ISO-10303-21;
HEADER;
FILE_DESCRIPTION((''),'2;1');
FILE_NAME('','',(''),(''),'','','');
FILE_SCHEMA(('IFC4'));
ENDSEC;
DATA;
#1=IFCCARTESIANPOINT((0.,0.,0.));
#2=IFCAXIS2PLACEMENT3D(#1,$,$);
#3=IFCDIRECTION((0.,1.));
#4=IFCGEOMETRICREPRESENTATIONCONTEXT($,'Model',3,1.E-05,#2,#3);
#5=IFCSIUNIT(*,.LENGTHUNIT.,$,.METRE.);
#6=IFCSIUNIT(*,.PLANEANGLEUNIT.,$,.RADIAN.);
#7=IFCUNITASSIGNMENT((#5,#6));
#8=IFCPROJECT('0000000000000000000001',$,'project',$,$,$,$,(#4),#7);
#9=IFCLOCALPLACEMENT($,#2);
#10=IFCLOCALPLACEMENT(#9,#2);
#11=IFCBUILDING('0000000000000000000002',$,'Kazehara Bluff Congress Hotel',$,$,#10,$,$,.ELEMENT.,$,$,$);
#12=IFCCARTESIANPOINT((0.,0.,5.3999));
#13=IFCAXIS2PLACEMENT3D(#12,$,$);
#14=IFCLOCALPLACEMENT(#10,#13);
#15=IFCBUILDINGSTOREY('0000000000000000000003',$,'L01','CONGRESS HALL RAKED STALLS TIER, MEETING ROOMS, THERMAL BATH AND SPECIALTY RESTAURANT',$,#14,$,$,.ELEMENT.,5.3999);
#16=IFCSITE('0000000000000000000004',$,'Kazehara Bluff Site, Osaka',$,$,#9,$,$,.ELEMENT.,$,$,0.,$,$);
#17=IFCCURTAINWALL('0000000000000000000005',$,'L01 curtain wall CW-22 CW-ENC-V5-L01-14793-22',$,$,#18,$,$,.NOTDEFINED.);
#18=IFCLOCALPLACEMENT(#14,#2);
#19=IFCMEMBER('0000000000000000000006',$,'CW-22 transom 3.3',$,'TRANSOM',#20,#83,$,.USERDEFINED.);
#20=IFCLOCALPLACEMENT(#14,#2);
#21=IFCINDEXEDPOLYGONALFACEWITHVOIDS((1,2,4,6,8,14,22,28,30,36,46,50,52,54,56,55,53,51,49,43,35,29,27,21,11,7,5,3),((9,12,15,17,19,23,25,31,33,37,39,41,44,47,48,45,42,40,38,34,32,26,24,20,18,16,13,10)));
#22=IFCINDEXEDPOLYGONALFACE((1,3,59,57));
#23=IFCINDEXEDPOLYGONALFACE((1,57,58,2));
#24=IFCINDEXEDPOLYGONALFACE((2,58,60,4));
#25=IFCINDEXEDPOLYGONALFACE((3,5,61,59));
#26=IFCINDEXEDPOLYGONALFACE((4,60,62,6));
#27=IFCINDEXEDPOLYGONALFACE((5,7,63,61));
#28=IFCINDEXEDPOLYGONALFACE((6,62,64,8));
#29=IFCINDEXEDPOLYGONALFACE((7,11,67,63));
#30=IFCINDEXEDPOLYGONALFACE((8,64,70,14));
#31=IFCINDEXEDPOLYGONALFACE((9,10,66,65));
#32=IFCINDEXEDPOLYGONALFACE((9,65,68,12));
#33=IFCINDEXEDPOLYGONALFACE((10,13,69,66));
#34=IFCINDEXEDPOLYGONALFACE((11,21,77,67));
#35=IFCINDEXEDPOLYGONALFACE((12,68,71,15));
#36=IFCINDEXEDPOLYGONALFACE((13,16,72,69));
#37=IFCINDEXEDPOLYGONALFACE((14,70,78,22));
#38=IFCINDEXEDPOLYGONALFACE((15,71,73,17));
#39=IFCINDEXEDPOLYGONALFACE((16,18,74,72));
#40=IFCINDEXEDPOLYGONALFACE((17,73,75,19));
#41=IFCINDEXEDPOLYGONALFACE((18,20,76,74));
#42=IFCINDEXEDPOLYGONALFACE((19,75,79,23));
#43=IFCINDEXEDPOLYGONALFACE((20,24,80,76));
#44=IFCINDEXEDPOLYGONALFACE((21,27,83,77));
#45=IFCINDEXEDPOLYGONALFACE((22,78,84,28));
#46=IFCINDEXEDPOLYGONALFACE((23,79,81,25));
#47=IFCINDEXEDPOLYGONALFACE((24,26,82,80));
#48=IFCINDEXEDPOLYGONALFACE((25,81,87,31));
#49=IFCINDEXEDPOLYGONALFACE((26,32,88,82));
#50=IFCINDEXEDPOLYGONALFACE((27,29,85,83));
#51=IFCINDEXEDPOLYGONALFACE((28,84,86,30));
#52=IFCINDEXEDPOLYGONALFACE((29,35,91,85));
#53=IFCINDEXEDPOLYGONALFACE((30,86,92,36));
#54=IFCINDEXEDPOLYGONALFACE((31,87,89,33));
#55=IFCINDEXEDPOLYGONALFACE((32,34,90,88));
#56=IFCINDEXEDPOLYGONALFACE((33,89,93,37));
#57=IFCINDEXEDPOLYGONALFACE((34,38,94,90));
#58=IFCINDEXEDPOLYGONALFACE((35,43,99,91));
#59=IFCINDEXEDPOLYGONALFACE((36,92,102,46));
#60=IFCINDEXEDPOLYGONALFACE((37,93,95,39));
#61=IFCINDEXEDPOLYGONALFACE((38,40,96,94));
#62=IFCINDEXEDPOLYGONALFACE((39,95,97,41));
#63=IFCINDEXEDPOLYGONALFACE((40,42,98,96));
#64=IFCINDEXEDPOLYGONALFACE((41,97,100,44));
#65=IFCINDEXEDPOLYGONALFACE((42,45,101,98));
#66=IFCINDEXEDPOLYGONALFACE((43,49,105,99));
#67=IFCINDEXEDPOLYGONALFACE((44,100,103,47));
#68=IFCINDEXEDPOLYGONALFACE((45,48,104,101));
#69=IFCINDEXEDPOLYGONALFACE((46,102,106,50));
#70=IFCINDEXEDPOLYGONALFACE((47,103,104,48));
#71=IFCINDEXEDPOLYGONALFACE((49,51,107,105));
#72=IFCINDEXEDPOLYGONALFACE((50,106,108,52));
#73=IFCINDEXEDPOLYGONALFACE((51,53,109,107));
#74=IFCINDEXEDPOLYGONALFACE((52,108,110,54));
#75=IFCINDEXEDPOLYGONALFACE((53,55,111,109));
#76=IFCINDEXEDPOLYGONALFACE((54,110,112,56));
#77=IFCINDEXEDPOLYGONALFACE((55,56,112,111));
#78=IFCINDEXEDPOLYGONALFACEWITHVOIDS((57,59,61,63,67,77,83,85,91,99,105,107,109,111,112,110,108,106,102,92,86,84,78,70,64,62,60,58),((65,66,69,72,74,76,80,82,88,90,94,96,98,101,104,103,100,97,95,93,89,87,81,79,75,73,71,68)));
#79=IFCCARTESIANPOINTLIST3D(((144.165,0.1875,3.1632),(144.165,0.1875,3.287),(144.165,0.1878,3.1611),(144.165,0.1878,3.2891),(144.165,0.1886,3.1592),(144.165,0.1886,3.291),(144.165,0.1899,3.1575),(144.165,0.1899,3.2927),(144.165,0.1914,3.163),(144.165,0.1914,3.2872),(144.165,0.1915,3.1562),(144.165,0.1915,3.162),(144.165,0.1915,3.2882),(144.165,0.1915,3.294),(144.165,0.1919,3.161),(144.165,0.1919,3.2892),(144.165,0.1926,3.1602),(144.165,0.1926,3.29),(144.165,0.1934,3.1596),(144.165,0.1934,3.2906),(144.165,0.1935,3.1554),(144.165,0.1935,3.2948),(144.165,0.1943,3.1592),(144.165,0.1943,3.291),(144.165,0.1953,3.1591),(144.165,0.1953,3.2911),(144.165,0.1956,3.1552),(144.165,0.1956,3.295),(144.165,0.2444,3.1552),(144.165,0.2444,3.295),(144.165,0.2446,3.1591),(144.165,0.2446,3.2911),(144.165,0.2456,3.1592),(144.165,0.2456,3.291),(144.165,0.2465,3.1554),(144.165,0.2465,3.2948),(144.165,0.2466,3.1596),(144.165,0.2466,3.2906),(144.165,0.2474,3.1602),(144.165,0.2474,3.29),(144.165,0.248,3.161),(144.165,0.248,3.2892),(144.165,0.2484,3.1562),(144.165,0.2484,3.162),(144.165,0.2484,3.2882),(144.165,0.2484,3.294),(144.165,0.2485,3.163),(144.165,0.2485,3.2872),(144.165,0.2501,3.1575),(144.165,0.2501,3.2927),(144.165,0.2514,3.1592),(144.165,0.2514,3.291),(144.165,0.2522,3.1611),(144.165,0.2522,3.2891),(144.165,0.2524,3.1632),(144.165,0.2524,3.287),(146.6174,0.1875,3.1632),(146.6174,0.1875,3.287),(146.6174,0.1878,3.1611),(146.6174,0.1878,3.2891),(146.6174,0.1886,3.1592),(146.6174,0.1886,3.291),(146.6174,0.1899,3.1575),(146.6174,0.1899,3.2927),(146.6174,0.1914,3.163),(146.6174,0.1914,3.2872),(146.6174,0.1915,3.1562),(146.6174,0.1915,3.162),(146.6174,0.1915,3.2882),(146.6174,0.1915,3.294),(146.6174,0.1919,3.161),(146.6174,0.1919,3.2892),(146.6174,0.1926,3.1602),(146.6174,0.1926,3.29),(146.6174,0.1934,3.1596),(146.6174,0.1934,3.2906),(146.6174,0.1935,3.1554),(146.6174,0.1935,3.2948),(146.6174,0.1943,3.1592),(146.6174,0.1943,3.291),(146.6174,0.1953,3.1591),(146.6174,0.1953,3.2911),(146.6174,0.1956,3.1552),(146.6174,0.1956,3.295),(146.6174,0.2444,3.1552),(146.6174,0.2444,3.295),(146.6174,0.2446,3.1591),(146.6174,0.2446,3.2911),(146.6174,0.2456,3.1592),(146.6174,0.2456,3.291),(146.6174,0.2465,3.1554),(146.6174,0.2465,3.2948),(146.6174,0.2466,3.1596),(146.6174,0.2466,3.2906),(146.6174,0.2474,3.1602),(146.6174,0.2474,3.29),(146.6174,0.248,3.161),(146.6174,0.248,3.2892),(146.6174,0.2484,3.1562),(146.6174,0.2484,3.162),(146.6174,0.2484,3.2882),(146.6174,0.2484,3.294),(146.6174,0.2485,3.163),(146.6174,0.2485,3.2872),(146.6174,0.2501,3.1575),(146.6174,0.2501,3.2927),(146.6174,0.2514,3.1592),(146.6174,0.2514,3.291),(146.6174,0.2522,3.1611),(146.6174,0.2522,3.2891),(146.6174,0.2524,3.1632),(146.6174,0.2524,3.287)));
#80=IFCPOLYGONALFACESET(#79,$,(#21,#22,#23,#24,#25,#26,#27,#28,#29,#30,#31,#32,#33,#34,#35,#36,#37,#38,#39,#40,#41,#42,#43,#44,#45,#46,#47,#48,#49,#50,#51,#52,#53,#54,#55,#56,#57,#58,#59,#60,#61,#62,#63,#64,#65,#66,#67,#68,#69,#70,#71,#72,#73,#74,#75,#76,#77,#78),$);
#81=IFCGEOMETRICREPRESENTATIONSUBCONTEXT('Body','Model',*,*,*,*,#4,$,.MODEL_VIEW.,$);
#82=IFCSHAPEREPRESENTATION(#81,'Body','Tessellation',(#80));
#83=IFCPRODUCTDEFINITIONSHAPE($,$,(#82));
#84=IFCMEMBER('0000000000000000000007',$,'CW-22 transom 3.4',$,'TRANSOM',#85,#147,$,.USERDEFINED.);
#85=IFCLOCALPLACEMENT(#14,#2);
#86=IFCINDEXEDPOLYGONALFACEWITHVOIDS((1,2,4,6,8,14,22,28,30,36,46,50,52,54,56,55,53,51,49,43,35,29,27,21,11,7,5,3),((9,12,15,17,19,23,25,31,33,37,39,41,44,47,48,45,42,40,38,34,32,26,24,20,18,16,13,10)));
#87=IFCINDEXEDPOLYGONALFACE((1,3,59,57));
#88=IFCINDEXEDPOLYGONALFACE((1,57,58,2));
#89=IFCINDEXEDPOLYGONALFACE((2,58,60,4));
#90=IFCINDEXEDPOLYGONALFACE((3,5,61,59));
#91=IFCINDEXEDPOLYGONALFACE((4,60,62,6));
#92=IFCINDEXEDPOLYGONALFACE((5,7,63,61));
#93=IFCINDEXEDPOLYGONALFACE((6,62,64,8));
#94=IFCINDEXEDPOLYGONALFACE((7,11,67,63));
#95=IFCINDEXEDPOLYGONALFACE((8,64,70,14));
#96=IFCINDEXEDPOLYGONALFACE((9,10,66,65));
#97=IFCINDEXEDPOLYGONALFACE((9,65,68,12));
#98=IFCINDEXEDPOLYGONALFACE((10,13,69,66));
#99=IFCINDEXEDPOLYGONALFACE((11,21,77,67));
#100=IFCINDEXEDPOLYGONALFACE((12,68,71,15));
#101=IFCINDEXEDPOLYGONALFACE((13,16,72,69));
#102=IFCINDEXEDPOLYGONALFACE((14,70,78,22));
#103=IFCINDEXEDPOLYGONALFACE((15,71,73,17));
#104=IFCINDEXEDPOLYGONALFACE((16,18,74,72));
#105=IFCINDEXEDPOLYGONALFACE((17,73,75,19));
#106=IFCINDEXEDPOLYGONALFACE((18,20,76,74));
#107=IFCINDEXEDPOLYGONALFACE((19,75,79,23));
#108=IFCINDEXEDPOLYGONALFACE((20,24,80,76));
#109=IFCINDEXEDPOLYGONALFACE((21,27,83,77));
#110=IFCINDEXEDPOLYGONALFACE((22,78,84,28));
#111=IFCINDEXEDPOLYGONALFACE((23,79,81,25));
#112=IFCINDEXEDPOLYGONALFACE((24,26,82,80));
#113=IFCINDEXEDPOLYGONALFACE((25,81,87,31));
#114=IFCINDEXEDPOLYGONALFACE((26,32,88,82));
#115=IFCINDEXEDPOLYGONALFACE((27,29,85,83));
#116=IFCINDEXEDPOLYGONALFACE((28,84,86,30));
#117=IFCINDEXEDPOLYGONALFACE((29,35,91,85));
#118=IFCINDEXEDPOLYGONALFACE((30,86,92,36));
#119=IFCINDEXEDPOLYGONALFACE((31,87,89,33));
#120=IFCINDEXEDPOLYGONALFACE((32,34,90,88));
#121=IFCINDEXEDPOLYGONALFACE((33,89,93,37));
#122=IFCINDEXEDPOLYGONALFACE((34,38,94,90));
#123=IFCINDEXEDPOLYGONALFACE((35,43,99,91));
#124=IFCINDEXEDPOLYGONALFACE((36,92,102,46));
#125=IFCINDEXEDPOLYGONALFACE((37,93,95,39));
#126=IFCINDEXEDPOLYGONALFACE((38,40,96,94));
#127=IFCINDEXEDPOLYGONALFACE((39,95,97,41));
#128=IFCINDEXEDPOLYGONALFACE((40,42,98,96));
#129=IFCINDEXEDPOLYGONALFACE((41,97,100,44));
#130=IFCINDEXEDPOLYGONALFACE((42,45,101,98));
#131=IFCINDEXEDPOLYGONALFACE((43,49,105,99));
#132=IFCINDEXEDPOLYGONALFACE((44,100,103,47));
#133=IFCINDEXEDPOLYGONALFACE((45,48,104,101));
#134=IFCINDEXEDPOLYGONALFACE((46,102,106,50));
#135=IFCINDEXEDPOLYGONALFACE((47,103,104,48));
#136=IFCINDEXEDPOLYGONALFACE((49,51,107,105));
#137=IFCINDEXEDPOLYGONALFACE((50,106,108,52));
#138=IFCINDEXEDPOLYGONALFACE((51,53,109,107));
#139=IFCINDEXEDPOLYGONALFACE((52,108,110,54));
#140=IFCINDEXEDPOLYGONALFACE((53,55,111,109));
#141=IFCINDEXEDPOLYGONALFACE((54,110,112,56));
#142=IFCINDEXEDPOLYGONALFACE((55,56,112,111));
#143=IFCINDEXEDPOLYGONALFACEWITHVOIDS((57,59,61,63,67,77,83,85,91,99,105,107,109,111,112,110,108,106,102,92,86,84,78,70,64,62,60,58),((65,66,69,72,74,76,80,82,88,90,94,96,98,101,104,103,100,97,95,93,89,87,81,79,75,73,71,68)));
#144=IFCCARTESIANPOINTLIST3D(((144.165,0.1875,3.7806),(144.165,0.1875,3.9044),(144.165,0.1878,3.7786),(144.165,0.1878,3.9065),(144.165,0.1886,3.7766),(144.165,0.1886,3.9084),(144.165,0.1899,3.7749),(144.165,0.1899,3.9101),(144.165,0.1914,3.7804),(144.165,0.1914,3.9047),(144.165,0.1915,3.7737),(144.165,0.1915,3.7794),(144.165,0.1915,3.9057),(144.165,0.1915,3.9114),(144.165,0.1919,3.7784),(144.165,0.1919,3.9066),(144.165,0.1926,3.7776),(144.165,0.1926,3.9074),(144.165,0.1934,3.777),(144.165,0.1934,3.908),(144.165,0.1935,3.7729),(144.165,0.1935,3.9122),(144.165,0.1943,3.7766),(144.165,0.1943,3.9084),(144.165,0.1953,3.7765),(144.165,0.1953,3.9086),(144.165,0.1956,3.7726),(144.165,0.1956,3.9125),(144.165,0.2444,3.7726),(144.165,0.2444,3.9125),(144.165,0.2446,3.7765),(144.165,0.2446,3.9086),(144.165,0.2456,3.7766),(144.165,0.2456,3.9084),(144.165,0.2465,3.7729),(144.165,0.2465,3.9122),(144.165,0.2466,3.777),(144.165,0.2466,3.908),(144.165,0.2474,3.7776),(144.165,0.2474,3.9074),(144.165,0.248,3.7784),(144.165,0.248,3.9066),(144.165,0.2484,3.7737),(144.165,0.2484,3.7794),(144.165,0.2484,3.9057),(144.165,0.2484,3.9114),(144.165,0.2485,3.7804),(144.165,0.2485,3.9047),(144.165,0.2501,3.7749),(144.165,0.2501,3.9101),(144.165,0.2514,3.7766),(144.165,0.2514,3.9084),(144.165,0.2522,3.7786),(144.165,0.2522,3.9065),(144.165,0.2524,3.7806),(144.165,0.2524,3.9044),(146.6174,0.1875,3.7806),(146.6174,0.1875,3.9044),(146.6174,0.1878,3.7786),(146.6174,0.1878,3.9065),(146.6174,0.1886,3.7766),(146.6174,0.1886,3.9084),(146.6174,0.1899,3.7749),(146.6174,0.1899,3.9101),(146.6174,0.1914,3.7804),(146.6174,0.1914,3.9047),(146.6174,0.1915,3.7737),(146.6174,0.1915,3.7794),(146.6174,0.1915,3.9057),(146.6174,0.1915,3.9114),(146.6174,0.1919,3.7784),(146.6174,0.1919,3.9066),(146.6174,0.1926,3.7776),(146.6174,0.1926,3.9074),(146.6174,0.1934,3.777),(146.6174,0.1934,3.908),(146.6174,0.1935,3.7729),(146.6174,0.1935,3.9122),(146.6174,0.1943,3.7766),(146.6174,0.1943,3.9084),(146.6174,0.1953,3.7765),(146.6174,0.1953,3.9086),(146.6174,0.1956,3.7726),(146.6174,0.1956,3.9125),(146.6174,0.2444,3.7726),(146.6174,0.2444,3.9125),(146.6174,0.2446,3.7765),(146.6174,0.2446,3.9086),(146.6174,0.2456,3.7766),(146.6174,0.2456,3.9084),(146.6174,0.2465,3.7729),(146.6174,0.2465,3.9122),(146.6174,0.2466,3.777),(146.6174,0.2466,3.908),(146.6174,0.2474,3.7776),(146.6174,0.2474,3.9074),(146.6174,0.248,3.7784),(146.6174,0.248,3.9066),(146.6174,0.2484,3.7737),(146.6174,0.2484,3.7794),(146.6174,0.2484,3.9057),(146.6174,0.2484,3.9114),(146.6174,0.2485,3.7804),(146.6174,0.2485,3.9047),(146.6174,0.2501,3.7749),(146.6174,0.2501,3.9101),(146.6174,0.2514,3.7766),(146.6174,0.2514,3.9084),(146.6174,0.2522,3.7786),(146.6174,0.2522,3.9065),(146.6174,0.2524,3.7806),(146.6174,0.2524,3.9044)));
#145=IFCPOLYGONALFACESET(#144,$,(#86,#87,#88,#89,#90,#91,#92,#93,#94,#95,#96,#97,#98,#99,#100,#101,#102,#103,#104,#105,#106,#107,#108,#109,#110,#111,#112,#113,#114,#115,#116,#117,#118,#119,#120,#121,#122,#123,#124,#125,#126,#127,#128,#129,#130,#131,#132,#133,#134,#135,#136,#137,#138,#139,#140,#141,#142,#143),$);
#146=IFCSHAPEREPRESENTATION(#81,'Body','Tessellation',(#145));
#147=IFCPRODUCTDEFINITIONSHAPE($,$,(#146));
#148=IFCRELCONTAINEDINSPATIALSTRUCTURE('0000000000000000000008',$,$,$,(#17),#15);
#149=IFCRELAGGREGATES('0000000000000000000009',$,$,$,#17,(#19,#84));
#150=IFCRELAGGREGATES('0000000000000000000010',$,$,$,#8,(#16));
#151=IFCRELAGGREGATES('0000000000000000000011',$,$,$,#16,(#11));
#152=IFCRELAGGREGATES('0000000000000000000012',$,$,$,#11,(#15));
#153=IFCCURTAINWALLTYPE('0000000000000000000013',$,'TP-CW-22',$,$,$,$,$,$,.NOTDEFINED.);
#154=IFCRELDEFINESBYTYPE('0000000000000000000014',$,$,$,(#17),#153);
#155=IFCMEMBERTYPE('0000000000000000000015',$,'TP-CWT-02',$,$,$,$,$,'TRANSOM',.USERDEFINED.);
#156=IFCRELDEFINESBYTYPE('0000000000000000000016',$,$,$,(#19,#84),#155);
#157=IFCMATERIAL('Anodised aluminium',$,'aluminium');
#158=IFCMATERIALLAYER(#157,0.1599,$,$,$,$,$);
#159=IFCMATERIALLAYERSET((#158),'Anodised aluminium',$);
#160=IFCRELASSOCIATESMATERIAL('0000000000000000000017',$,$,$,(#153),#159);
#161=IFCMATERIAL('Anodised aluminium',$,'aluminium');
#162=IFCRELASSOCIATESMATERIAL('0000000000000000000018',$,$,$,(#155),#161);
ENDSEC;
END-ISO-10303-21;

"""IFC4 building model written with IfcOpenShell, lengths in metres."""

from ifc_helpers import new_model, si_unit, direction, frame, origin, origin_2d, place, context, subcontext, project, spatial, hollow_rectangle, extrude, material, layer, layer_set, material_profile, profile_set, type_object, element, aggregate, save


model = new_model("IFC4")

# Units and contexts
model_context = context("Model", 3, precision=1e-05, world=origin(), true_north=direction((0.0, 1.0)))
body_context = subcontext(model_context, "Body", "Model", "MODEL_VIEW")
ifc_project = project(units=[si_unit("LENGTHUNIT", "METRE"), si_unit("PLANEANGLEUNIT", "RADIAN")], contexts=[model_context])

# Site, building, storey
site_placement = place(None, origin())
site = spatial("IfcSite", under=ifc_project, at=site_placement, Name="Kazehara Bluff Site, Osaka", CompositionType="ELEMENT", RefElevation=0.0)
building_placement = place(site_placement, origin())
building = spatial("IfcBuilding", under=site, at=building_placement, Name="Kazehara Bluff Congress Hotel", CompositionType="ELEMENT")
storey_placement = place(building_placement, frame((0.0, 0.0, 5.3999)))
storey = spatial("IfcBuildingStorey", under=building, at=storey_placement, Name="L01", Description="CONGRESS HALL RAKED STALLS TIER, MEETING ROOMS, THERMAL BATH AND SPECIALTY RESTAURANT", CompositionType="ELEMENT", Elevation=5.3999)

# Curtain wall
ifc_material_1 = material(Name="Anodised aluminium", Category="aluminium")
ifc_layer_1 = layer(ifc_material_1, 0.1599)
ifc_layer_set_1 = layer_set([ifc_layer_1], Name="Anodised aluminium")
curtain_wall_type_1 = type_object("IfcCurtainWallType", Name="TP-CW-22", PredefinedType="NOTDEFINED", material=ifc_layer_set_1)
curtain_wall_1_placement = place(storey_placement, origin())
curtain_wall_1 = element("IfcCurtainWall", 1, at=curtain_wall_1_placement, inside=storey, type_object=curtain_wall_type_1, Name="L01 curtain wall CW-22 CW-ENC-V5-L01-14793-22", PredefinedType="NOTDEFINED")

# Members
ifc_material_2 = material(Name="Anodised aluminium", Category="aluminium")
ifc_material_profile_1 = material_profile(ifc_material_2, hollow_rectangle(XDim=0.0649, YDim=0.1399, WallThickness=0.0039, InnerFilletRadius=0.0039, OuterFilletRadius=0.0081, at=origin_2d()))
ifc_profile_set_1 = profile_set([ifc_material_profile_1], Name="Anodised aluminium")
member_type_1 = type_object("IfcMemberType", Name="TP-CWT-02", ElementType="TRANSOM", PredefinedType="USERDEFINED", material=ifc_profile_set_1)
member_1_placement = place(storey_placement, frame((146.6174, 0.22, 3.2251), z_axis=(-1.0, 0.0, 0.0), x_axis=(0.0, -1.0, 0.0)))
member_1 = element("IfcMember", 2, at=member_1_placement, type_object=member_type_1, Name="CW-22 transom 3.3", ObjectType="TRANSOM", PredefinedType="USERDEFINED", context=body_context, shape_type="SweptSolid", body=[
    extrude(hollow_rectangle(XDim=0.0649, YDim=0.1399, WallThickness=0.0039, InnerFilletRadius=0.0039, OuterFilletRadius=0.0081, at=origin_2d()), origin(), (0.0, 0.0, 1.0), 2.4524),
])
member_2_placement = place(storey_placement, frame((146.6174, 0.22, 3.8425), z_axis=(-1.0, 0.0, 0.0), x_axis=(0.0, -1.0, 0.0)))
member_2 = element("IfcMember", 3, at=member_2_placement, type_object=member_type_1, Name="CW-22 transom 3.4", ObjectType="TRANSOM", PredefinedType="USERDEFINED", context=body_context, shape_type="SweptSolid", body=[
    extrude(hollow_rectangle(XDim=0.0649, YDim=0.1399, WallThickness=0.0039, InnerFilletRadius=0.0039, OuterFilletRadius=0.0081, at=origin_2d()), origin(), (0.0, 0.0, 1.0), 2.4524),
])

aggregate(curtain_wall_1, [member_1, member_2])

save(model, "model.ifc")
